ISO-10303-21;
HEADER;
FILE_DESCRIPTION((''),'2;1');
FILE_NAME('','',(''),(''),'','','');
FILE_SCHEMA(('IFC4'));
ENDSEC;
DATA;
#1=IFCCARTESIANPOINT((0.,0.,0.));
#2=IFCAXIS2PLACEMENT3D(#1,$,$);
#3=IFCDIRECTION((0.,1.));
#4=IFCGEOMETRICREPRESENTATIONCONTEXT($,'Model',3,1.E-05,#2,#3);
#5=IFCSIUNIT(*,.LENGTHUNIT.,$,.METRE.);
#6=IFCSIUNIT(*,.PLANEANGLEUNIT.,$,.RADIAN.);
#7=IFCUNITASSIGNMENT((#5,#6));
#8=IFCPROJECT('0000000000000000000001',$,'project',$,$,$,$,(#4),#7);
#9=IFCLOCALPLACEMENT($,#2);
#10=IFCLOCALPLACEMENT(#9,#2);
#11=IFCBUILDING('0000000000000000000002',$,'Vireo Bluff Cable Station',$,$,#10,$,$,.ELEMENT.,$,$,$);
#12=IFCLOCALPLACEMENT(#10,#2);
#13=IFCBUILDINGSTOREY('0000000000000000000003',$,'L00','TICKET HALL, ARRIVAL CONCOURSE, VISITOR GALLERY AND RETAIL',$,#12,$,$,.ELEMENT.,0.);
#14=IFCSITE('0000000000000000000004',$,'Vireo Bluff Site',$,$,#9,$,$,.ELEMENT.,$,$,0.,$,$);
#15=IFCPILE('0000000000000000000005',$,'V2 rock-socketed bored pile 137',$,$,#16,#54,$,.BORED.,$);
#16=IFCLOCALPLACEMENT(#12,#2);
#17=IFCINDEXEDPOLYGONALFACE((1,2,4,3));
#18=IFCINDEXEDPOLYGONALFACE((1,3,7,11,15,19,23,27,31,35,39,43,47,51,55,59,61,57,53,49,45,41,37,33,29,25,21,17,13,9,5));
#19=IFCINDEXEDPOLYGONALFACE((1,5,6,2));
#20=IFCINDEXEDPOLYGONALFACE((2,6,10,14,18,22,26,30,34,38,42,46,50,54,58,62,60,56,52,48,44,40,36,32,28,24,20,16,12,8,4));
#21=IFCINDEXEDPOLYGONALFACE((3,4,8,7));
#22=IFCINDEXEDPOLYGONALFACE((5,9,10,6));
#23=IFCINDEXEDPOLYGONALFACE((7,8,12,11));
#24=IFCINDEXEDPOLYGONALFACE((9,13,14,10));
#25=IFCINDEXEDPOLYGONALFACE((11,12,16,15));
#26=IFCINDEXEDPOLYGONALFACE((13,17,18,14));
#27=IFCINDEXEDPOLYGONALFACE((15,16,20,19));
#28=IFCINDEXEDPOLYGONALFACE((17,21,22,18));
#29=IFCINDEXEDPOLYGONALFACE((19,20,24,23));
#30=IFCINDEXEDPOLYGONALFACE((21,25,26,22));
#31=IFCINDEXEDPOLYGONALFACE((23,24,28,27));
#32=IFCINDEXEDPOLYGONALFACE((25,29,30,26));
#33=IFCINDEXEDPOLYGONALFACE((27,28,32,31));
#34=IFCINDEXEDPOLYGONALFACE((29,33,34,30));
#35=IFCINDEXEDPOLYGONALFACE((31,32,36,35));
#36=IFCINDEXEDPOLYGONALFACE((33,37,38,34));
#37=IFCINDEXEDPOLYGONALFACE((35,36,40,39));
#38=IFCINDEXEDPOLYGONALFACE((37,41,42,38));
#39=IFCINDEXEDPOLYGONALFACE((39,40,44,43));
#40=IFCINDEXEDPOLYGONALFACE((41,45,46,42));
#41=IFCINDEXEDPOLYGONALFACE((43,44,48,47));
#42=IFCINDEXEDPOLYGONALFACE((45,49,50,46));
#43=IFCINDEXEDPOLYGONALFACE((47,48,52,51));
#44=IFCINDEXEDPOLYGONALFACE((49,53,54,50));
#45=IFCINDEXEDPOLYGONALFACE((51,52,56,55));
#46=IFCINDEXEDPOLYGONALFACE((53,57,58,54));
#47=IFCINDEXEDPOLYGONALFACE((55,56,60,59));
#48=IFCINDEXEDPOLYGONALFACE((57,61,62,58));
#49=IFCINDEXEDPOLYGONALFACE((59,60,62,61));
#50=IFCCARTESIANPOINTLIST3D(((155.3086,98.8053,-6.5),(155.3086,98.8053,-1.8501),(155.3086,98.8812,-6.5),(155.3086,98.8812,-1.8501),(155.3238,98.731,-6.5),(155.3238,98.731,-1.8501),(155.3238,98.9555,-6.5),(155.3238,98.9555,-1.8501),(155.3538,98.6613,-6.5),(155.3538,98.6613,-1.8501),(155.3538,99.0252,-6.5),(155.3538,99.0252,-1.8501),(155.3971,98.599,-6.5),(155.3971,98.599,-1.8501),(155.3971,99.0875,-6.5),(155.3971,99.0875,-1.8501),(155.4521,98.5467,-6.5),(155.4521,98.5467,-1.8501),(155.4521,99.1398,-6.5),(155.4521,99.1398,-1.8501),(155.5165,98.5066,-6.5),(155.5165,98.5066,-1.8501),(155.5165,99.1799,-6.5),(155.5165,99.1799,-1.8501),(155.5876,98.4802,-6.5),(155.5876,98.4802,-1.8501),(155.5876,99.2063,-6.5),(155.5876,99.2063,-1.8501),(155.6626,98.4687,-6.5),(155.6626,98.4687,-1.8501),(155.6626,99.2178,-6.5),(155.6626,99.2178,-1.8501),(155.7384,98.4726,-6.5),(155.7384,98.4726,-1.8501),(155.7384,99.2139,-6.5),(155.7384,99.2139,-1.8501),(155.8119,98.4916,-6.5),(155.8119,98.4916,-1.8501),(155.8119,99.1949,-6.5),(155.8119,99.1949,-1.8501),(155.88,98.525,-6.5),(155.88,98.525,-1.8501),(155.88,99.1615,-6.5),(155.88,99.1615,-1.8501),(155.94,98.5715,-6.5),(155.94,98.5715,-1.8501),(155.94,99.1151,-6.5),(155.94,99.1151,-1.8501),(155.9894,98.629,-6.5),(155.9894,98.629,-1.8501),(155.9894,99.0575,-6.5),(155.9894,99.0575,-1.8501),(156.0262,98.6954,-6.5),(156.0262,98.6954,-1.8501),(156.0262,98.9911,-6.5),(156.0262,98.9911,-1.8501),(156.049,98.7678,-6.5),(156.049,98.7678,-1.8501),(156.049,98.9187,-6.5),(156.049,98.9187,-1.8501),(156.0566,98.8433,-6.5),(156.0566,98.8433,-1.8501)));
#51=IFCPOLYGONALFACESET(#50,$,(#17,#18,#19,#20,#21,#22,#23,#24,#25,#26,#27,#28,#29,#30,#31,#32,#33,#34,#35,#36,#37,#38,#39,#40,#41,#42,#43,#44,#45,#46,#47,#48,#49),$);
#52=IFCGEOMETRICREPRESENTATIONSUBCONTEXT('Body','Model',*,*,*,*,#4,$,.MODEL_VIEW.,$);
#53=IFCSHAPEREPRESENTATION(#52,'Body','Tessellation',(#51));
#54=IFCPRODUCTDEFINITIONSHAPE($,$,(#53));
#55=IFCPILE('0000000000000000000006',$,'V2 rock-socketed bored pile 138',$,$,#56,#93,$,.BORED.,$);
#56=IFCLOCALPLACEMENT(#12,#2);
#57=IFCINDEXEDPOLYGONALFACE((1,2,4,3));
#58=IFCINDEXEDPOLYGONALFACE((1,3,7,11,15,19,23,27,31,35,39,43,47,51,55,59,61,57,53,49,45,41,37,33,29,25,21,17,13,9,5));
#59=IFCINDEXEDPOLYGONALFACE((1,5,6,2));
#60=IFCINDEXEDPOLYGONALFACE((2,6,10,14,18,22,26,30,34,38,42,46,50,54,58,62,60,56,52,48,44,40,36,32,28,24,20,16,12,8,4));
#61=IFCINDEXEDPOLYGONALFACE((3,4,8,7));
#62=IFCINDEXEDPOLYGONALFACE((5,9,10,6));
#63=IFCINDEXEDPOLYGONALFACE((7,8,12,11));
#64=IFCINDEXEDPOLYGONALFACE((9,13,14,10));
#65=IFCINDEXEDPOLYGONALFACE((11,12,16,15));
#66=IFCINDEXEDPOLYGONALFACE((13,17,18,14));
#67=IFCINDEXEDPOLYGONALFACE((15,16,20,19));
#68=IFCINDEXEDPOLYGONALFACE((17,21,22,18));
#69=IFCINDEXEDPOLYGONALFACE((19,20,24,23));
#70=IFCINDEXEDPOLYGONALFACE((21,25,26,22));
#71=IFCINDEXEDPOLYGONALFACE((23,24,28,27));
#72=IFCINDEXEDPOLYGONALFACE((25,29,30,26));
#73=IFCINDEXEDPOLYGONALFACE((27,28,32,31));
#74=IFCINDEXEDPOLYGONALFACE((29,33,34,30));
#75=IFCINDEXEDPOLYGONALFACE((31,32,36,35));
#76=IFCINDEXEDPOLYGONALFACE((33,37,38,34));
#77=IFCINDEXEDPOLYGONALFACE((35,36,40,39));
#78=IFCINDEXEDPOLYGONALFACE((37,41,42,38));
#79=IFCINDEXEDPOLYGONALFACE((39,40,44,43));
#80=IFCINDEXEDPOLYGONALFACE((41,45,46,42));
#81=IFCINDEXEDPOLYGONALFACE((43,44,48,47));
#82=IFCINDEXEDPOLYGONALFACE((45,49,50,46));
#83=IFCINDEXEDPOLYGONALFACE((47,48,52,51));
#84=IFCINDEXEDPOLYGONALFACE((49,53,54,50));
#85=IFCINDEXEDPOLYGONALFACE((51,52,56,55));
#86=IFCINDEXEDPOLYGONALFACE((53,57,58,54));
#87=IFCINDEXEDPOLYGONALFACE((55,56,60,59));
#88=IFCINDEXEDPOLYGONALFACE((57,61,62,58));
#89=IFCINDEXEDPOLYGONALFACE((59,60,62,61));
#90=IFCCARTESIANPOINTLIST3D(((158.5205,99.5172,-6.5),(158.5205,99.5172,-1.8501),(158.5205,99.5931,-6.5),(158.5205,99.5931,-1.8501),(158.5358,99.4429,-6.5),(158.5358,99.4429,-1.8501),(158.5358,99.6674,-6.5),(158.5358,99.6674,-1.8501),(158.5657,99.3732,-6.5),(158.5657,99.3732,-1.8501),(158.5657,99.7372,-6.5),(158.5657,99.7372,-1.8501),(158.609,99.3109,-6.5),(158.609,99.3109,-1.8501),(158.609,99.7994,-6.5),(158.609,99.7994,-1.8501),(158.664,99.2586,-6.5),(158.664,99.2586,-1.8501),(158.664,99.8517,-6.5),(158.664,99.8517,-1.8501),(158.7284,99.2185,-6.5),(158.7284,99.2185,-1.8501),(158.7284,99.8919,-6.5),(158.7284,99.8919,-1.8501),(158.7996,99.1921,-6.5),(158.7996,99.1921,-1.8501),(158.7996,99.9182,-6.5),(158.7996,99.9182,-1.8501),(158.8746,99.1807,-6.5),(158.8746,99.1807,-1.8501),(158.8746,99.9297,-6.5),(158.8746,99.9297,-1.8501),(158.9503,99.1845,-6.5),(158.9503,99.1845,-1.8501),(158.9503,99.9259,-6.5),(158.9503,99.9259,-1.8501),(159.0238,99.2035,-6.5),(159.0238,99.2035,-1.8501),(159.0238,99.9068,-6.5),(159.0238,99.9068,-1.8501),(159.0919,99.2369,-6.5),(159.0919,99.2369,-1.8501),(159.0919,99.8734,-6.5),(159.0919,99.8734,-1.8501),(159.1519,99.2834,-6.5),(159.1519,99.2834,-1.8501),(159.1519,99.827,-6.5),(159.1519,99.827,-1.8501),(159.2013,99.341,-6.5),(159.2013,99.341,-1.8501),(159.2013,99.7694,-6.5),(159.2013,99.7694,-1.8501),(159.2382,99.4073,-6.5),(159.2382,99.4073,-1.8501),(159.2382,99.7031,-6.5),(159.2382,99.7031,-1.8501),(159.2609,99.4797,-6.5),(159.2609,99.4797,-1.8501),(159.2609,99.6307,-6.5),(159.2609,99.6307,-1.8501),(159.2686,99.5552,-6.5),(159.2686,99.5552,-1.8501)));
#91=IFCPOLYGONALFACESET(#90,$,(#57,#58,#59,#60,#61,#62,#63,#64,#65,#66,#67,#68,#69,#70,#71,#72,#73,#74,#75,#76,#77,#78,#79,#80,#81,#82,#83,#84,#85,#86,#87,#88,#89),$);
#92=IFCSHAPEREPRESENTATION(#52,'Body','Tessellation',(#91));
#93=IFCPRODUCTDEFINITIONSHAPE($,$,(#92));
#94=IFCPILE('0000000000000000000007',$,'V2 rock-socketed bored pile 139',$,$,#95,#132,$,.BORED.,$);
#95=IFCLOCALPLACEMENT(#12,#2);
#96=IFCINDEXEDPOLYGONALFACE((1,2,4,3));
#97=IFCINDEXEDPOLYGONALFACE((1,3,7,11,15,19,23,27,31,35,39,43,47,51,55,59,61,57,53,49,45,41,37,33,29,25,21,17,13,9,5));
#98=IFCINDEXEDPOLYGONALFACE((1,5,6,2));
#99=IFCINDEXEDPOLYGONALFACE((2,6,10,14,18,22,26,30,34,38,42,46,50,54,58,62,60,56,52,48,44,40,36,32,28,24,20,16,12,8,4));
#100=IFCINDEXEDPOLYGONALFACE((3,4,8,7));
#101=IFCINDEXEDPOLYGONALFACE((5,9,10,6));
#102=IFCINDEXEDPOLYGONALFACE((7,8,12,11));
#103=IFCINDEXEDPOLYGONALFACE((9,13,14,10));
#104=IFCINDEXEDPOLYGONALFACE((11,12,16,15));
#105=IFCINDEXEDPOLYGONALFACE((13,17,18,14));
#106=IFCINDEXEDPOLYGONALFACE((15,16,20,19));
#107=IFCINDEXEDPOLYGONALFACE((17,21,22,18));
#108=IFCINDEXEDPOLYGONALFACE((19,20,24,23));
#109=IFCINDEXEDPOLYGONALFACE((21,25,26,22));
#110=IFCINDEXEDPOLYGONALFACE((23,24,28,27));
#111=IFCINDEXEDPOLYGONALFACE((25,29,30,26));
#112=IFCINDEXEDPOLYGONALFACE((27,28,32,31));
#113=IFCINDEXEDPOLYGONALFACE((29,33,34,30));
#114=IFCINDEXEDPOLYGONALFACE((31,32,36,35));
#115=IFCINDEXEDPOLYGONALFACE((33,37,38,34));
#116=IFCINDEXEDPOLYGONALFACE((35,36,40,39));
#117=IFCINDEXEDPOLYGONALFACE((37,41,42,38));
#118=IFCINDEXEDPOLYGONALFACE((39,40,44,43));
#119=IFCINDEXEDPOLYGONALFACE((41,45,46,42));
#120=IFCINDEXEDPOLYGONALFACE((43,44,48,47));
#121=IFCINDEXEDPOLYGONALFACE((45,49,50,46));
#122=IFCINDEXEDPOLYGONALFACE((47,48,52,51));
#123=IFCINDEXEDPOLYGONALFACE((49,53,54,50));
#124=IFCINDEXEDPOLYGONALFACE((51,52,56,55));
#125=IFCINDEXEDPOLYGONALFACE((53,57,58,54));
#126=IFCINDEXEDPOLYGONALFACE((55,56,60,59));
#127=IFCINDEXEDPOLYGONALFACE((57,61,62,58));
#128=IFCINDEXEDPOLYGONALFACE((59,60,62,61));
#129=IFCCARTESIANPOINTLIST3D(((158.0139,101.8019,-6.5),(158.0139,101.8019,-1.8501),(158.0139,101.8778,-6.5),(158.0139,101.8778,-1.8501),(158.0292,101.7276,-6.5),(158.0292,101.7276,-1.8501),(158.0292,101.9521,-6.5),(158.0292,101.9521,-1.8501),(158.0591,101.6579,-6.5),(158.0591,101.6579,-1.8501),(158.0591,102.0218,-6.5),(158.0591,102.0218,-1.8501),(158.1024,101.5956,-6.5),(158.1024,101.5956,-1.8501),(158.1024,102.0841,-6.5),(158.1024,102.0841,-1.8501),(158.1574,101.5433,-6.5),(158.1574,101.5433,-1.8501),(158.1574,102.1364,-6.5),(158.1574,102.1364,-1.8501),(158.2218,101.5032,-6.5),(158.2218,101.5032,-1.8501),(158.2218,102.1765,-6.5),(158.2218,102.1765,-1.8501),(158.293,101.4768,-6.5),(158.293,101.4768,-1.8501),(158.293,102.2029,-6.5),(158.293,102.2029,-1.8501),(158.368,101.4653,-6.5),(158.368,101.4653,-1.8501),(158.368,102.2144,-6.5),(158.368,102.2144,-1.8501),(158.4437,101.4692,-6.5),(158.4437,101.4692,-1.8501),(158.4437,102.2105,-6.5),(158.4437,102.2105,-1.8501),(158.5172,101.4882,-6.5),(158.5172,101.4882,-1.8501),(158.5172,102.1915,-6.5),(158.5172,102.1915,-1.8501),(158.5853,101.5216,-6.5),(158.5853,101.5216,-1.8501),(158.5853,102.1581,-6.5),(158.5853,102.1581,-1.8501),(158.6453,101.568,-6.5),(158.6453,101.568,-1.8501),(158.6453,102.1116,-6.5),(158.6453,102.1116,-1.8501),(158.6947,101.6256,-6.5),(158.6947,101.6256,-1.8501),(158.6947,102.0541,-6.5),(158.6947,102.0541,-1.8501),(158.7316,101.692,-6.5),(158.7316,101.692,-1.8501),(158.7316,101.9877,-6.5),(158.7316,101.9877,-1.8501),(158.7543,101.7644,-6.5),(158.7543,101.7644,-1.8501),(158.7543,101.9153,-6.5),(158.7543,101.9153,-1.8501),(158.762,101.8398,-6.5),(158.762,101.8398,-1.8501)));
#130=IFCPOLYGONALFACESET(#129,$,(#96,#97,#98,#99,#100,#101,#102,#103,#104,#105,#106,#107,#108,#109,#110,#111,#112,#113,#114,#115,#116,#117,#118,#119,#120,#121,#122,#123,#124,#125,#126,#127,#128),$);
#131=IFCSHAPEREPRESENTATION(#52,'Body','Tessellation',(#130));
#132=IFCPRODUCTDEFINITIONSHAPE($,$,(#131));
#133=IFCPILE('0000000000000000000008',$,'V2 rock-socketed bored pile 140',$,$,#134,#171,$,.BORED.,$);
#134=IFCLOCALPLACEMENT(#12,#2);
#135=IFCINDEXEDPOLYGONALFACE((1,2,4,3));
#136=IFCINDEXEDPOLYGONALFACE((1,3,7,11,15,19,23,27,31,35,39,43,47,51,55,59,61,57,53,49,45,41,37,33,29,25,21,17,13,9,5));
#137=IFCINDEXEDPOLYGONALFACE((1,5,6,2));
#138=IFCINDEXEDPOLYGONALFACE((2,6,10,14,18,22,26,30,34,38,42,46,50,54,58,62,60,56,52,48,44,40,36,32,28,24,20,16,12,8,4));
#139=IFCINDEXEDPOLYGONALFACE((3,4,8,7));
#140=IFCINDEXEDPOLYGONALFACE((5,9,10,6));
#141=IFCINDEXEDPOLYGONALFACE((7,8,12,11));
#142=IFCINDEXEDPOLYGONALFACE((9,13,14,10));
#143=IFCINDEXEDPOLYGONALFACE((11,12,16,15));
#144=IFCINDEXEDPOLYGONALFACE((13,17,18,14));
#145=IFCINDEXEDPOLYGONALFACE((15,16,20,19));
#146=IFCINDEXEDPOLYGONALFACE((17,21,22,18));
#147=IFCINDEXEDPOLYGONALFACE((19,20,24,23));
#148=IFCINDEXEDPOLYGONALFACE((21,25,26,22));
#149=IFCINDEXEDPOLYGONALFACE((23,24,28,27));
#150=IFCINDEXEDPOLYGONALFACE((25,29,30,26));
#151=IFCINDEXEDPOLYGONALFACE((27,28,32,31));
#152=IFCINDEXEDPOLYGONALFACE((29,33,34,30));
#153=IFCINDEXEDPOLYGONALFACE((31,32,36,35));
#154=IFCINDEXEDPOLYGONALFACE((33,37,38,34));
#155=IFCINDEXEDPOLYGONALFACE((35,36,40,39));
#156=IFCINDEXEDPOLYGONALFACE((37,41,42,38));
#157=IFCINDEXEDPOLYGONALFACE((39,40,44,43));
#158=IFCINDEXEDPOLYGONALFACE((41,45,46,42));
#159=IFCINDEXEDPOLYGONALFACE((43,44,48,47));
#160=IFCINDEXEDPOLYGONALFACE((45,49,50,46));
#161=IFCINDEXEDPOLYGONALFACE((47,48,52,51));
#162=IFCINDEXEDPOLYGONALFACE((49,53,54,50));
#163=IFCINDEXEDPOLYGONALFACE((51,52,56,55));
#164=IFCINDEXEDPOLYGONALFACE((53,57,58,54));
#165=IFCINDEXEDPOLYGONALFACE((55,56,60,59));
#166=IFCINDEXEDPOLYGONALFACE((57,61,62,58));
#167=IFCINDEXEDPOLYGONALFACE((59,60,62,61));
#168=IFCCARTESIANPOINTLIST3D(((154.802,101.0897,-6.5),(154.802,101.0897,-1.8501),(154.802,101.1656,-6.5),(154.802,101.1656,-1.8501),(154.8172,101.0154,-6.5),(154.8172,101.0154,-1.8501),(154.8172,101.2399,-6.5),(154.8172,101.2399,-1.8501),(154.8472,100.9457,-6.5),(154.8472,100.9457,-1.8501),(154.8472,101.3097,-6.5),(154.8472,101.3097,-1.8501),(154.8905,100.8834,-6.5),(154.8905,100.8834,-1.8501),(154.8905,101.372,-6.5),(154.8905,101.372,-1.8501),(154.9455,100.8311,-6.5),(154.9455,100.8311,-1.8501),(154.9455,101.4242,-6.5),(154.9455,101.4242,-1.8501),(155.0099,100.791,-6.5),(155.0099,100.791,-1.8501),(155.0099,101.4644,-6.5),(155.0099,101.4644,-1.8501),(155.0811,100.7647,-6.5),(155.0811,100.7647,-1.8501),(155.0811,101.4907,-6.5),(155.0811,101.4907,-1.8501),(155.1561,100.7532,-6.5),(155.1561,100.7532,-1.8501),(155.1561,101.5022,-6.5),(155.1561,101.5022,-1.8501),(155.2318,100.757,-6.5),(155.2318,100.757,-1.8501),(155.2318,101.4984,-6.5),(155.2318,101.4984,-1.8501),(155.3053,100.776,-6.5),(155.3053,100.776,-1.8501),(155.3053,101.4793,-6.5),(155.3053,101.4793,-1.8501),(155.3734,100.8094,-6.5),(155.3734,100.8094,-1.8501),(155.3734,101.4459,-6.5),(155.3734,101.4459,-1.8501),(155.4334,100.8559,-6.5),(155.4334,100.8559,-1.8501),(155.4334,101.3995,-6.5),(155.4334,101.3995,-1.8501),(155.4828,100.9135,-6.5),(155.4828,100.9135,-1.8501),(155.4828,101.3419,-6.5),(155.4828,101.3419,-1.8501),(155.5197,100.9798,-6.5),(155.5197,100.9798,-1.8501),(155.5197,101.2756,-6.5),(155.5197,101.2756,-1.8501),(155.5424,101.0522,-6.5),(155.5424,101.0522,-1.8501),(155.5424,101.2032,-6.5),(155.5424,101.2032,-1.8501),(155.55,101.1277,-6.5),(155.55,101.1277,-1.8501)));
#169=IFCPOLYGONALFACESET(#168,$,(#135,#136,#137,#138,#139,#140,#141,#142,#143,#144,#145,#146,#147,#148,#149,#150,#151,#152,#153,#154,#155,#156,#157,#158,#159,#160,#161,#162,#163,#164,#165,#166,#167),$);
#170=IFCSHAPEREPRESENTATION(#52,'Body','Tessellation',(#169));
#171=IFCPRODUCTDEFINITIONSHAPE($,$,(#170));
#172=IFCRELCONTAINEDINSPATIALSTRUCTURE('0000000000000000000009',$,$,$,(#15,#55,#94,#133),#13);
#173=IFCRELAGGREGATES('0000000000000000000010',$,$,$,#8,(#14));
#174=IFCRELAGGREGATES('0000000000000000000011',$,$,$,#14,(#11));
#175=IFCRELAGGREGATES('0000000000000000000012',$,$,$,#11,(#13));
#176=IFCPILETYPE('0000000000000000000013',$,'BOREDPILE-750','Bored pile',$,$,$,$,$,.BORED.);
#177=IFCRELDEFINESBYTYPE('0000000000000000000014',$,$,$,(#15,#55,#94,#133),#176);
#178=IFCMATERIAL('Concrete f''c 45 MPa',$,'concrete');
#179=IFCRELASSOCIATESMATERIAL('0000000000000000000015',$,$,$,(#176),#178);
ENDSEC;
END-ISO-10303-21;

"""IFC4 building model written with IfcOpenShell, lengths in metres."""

from ifc_helpers import new_model, si_unit, direction, frame, origin, origin_2d, place, context, subcontext, project, spatial, circle, extrude, material, material_profile, profile_set, type_object, element, save


model = new_model("IFC4")

# Units and contexts
model_context = context("Model", 3, precision=1e-05, world=origin(), true_north=direction((0.0, 1.0)))
body_context = subcontext(model_context, "Body", "Model", "MODEL_VIEW")
ifc_project = project(units=[si_unit("LENGTHUNIT", "METRE"), si_unit("PLANEANGLEUNIT", "RADIAN")], contexts=[model_context])

# Site, building, storey
site_placement = place(None, origin())
site = spatial("IfcSite", under=ifc_project, at=site_placement, Name="Vireo Bluff Site", CompositionType="ELEMENT", RefElevation=0.0)
building_placement = place(site_placement, origin())
building = spatial("IfcBuilding", under=site, at=building_placement, Name="Vireo Bluff Cable Station", CompositionType="ELEMENT")
storey_placement = place(building_placement, origin())
storey = spatial("IfcBuildingStorey", under=building, at=storey_placement, Name="L00", Description="TICKET HALL, ARRIVAL CONCOURSE, VISITOR GALLERY AND RETAIL", CompositionType="ELEMENT", Elevation=0.0)

# Piles
ifc_material_1 = material(Name="Concrete f'c 45 MPa", Category="concrete")
ifc_material_profile_1 = material_profile(ifc_material_1, circle(Radius=0.375, at=origin_2d()), Name="BOREDPILE-750")
ifc_profile_set_1 = profile_set([ifc_material_profile_1], Name="Concrete f'c 45 MPa")
pile_type_1 = type_object("IfcPileType", Name="BOREDPILE-750", Description="Bored pile", PredefinedType="BORED", material=ifc_profile_set_1)
for number, where, z_axis, x_axis, name in (
    (1, (155.6816, 98.8433, -1.8501), (0.0, 0.0, -1.0), (1.0, 0.0, 0.0), "V2 rock-socketed bored pile 137"),
    (2, (158.8936, 99.5552, -1.8501), (0.0, 0.0, -1.0), (1.0, 0.0, 0.0), "V2 rock-socketed bored pile 138"),
    (3, (158.387, 101.8398, -1.8501), (0.0, 0.0, -1.0), (1.0, 0.0, 0.0), "V2 rock-socketed bored pile 139"),
    (4, (155.175, 101.1277, -1.8501), (0.0, 0.0, -1.0), (1.0, 0.0, 0.0), "V2 rock-socketed bored pile 140"),
):
    element("IfcPile", number, at=place(storey_placement, frame(where, z_axis=z_axis, x_axis=x_axis)), inside=storey, type_object=pile_type_1, Name=name, PredefinedType="BORED", context=body_context, shape_type="SweptSolid", body=[
        extrude(circle(Radius=0.375, at=origin_2d()), origin(), (0.0, 0.0, 1.0), 4.6499),
    ])

save(model, "model.ifc")
